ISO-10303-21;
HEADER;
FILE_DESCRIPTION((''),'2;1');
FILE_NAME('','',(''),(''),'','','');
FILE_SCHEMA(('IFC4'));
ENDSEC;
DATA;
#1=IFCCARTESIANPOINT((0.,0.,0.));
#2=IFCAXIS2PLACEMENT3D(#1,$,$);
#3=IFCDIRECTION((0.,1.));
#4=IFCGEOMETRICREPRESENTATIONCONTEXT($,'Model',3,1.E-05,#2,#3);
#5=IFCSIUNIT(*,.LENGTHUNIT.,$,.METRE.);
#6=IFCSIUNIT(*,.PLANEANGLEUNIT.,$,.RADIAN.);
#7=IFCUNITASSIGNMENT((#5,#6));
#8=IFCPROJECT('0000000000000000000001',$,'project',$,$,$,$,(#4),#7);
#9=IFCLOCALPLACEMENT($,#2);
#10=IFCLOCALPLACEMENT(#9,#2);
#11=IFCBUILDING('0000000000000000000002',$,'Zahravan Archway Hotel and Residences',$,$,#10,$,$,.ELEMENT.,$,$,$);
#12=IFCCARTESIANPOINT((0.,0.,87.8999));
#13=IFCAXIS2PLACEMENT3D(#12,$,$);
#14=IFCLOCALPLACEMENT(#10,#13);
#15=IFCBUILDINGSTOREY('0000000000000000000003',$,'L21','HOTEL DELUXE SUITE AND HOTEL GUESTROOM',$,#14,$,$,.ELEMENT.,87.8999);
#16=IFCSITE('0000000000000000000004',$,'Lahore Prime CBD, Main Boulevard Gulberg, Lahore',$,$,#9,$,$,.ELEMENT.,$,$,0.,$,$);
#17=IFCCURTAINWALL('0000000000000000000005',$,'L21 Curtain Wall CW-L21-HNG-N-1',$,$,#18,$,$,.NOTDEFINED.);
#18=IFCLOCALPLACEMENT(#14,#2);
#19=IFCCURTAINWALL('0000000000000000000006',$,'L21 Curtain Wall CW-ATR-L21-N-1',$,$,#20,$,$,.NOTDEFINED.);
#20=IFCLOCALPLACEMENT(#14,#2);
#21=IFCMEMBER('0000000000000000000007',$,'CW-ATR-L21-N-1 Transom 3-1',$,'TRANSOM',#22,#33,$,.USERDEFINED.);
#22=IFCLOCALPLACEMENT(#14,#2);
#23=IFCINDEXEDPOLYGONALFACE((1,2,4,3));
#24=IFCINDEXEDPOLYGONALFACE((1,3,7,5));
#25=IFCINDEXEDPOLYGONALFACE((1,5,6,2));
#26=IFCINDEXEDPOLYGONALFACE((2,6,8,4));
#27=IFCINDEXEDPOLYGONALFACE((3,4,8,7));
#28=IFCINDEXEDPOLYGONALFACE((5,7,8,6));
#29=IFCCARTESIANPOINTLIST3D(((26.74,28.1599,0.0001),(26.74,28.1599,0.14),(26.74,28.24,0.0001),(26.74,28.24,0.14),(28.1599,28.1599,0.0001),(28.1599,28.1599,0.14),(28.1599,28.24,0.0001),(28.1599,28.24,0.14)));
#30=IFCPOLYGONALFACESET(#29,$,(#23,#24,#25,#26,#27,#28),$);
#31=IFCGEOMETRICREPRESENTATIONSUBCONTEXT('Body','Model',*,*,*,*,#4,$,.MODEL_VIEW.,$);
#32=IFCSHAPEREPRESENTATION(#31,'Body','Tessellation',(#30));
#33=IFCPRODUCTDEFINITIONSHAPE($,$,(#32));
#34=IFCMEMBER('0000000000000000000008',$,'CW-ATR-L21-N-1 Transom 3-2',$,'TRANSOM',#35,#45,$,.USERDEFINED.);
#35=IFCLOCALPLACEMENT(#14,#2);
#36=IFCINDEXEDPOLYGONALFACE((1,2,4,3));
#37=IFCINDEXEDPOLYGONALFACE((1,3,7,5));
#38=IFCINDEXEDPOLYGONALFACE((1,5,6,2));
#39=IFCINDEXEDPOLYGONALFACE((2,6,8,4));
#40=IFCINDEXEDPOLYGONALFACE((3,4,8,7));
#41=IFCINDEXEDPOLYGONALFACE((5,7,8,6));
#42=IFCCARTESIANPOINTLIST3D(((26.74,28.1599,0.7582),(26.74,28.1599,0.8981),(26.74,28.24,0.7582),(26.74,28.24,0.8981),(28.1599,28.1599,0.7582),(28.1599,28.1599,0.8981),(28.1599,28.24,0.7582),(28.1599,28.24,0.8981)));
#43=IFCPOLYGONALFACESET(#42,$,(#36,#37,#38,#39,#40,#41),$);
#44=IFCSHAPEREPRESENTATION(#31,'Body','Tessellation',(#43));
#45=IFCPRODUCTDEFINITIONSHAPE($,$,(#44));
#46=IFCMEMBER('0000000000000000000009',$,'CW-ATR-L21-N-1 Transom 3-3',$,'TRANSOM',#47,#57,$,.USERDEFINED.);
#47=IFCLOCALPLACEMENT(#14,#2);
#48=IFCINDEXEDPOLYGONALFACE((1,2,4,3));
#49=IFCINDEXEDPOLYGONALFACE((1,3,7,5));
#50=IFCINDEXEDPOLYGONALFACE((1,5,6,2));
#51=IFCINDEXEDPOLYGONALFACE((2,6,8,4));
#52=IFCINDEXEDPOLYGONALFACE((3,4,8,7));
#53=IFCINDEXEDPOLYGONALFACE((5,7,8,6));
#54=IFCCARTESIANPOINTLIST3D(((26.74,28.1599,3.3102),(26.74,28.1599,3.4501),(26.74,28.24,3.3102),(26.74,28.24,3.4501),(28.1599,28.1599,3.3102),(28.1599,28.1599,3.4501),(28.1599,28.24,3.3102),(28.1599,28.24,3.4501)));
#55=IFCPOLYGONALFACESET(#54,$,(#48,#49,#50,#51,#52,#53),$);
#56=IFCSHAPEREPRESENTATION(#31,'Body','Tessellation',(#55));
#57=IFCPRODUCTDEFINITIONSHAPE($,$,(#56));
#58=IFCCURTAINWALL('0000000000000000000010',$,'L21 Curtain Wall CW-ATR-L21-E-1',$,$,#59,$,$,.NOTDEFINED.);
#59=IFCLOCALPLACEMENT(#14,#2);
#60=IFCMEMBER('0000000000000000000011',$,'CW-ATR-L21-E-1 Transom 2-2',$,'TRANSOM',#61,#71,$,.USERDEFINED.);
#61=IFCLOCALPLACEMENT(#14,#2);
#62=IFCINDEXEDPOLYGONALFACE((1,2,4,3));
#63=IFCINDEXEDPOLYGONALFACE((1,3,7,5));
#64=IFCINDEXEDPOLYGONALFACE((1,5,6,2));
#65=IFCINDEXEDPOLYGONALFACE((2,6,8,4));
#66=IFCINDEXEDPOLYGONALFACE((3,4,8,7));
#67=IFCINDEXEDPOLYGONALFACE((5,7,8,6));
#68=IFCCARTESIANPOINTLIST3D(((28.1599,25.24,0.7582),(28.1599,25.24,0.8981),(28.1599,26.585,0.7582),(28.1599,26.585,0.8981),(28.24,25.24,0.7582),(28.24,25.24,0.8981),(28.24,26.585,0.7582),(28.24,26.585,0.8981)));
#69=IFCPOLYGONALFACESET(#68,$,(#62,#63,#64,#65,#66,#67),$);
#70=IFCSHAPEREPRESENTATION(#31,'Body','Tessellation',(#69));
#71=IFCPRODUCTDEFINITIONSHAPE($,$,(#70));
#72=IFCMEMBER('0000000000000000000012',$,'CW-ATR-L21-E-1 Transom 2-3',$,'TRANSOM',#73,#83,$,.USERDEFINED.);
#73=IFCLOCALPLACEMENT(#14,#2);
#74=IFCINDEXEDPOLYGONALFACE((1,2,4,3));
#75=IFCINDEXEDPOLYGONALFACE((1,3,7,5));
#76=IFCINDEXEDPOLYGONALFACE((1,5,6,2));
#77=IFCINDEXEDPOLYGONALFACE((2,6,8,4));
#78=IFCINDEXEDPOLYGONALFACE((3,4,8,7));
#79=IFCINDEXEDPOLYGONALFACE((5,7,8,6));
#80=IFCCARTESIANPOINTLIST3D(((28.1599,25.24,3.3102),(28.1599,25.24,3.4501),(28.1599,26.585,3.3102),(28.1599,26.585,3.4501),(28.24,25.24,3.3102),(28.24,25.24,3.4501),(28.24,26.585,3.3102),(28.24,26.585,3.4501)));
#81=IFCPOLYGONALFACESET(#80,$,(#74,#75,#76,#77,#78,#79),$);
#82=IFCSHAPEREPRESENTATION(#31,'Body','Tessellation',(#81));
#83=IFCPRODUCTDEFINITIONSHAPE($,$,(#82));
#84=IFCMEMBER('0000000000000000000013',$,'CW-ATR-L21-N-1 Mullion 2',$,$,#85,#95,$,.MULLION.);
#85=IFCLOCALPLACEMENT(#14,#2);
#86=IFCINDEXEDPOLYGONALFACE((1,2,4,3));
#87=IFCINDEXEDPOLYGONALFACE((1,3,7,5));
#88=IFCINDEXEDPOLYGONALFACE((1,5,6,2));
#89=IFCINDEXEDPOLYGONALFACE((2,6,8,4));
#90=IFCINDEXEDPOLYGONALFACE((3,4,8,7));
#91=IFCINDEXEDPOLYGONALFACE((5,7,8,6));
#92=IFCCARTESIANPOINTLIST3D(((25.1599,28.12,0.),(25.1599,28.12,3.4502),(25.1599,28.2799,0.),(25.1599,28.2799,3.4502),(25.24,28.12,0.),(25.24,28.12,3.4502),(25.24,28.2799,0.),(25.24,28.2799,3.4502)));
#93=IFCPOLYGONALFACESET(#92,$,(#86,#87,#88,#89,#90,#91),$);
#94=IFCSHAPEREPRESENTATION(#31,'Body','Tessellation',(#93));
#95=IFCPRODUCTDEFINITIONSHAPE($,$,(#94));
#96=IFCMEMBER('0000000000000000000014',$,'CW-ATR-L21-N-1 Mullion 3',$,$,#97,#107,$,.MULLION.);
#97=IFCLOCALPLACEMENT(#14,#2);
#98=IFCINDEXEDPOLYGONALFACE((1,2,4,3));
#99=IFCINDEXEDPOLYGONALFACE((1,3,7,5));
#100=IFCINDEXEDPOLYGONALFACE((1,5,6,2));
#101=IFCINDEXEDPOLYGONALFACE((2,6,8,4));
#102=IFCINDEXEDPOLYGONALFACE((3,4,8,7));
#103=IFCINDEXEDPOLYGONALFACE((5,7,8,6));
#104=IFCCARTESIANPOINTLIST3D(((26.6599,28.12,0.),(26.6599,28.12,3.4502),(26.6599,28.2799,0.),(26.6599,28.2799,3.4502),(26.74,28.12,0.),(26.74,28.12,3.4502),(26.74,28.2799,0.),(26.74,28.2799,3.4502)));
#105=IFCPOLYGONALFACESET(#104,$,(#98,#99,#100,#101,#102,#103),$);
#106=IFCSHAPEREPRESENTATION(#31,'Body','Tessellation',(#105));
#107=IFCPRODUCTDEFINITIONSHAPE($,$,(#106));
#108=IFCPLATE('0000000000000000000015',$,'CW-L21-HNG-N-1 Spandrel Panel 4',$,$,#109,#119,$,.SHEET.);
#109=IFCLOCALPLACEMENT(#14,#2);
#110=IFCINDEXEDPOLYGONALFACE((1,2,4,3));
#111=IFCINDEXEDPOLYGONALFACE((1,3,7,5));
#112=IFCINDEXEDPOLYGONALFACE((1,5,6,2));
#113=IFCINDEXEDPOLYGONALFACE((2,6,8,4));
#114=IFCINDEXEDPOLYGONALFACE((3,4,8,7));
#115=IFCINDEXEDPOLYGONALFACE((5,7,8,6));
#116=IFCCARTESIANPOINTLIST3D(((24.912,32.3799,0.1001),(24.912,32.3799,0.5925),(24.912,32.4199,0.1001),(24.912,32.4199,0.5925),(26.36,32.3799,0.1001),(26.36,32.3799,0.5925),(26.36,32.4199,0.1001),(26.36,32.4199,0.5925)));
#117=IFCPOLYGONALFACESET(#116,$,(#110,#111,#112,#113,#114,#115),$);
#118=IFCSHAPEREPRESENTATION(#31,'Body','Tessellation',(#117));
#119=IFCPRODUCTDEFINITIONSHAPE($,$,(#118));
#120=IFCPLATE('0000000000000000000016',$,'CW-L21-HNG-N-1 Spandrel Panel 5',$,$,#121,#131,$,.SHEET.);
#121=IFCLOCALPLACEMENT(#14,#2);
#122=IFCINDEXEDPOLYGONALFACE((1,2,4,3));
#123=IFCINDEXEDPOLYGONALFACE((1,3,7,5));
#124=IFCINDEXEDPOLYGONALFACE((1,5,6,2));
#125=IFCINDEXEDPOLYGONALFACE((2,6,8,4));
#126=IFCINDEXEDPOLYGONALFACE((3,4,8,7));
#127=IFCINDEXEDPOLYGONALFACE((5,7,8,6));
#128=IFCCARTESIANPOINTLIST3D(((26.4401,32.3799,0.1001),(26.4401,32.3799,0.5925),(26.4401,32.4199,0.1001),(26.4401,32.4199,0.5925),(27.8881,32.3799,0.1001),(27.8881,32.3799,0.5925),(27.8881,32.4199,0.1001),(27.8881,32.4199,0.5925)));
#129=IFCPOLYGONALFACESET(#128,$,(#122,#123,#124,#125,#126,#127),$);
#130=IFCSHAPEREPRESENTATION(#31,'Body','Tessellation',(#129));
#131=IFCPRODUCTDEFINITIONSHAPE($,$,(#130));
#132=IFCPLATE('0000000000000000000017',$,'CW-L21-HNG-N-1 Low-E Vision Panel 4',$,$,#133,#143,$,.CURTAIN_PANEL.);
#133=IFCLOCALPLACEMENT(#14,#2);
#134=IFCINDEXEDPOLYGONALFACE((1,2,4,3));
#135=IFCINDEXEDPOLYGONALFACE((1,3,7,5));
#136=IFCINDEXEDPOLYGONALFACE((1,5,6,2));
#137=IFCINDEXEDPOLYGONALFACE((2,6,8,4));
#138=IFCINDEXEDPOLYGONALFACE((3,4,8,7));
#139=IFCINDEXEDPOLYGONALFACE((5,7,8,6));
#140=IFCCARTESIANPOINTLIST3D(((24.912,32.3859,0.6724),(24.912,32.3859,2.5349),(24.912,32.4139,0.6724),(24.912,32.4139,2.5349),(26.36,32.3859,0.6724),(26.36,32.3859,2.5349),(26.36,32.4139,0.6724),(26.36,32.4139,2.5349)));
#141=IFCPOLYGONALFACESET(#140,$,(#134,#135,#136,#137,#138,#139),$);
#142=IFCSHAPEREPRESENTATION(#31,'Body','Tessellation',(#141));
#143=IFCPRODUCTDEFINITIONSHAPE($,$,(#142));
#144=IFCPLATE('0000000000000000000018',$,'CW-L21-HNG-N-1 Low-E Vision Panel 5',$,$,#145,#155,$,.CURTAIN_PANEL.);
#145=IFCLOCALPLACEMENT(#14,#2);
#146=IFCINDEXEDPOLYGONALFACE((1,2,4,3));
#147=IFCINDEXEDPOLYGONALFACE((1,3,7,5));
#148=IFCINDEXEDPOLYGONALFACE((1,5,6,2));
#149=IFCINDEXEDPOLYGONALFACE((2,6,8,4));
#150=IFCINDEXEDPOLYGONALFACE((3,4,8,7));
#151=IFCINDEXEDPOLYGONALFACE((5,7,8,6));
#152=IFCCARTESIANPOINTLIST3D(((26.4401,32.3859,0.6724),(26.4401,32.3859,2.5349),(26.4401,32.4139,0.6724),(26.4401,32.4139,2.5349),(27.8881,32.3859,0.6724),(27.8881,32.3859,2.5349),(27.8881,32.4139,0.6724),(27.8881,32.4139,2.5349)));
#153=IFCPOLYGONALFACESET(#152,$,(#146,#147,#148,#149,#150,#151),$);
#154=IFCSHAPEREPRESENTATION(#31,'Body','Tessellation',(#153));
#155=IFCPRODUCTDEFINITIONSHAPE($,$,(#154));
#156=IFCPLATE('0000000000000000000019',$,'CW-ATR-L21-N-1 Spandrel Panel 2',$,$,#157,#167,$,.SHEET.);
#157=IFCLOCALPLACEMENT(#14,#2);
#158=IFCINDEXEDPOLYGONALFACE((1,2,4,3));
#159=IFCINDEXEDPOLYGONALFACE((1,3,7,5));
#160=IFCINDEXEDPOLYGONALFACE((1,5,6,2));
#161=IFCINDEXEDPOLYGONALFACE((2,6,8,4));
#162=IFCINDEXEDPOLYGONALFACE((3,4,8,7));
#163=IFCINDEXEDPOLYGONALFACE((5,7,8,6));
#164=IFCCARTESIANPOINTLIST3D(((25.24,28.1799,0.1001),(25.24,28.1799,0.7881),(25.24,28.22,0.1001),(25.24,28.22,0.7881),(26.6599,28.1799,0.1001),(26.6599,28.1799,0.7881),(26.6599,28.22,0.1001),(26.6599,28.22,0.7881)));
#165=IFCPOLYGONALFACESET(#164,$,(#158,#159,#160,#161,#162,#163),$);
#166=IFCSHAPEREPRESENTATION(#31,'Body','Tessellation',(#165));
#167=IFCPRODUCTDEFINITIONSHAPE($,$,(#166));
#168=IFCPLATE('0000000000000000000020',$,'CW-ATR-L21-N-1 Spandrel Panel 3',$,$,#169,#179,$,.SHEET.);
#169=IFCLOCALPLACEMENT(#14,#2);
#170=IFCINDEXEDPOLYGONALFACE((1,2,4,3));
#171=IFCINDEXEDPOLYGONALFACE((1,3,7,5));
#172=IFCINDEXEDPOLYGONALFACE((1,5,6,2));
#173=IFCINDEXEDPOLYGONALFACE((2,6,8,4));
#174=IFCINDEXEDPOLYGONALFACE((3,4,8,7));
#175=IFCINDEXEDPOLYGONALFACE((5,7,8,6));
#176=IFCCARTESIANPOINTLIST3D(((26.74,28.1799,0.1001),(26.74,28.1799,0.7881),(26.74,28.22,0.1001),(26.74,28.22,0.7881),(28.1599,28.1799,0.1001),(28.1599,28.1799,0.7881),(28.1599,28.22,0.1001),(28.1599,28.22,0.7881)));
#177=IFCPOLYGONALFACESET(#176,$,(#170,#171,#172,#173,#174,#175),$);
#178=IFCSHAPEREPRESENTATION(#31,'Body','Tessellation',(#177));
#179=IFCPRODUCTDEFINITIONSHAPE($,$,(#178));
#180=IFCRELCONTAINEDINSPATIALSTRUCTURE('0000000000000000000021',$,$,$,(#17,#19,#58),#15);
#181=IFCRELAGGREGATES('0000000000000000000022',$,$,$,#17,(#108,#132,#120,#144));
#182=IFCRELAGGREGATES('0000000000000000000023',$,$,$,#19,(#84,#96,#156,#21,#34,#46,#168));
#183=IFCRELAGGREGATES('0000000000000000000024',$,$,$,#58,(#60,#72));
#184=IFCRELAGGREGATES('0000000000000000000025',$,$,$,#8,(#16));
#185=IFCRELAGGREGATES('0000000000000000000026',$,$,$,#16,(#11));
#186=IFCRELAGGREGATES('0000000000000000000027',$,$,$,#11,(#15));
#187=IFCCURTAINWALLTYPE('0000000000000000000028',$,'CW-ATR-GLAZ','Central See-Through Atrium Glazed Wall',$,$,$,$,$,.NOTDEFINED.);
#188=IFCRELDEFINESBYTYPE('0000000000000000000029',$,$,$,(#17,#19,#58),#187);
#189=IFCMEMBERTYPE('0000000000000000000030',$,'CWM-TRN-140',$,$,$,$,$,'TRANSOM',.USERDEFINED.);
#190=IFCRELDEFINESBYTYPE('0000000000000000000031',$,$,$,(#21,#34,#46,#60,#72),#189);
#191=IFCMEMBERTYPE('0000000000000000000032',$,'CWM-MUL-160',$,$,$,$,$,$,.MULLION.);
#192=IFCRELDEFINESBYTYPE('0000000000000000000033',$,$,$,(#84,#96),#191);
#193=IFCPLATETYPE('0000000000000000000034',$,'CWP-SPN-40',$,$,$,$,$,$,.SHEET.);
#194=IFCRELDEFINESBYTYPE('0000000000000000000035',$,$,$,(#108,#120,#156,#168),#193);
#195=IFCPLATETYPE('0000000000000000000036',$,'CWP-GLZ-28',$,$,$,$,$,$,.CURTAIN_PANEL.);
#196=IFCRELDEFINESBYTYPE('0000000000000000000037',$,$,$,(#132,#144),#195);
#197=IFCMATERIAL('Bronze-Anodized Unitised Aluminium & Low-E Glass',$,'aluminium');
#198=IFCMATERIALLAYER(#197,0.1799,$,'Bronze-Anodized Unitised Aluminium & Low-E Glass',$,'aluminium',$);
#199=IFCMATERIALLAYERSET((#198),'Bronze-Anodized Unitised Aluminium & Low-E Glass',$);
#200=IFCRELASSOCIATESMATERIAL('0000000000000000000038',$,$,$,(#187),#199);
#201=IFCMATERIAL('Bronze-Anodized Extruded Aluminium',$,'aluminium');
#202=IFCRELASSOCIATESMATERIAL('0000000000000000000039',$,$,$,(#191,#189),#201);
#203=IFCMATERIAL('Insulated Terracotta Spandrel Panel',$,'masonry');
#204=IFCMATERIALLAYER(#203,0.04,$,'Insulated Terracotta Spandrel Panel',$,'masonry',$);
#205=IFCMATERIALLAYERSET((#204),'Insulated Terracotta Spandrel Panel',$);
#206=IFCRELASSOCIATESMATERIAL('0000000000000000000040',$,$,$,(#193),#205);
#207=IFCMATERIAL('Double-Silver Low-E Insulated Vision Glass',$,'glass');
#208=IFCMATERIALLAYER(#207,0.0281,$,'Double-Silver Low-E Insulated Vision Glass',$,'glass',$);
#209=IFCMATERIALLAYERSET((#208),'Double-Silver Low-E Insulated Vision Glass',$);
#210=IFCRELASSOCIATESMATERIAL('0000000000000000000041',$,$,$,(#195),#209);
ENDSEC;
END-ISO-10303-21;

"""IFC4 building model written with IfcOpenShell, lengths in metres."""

from ifc_helpers import new_model, si_unit, direction, frame, origin, origin_2d, place, context, subcontext, project, spatial, rectangle, extrude, source, transform, mapped, material, layer, layer_set, material_profile, profile_set, type_object, element, aggregate, save


model = new_model("IFC4")

# Units and contexts
model_context = context("Model", 3, precision=1e-05, world=origin(), true_north=direction((0.0, 1.0)))
body_context = subcontext(model_context, "Body", "Model", "MODEL_VIEW")
ifc_project = project(units=[si_unit("LENGTHUNIT", "METRE"), si_unit("PLANEANGLEUNIT", "RADIAN")], contexts=[model_context])

# Site, building, storey
site_placement = place(None, origin())
site = spatial("IfcSite", under=ifc_project, at=site_placement, Name="Lahore Prime CBD, Main Boulevard Gulberg, Lahore", CompositionType="ELEMENT", RefElevation=0.0)
building_placement = place(site_placement, origin())
building = spatial("IfcBuilding", under=site, at=building_placement, Name="Zahravan Archway Hotel and Residences", CompositionType="ELEMENT")
storey_placement = place(building_placement, frame((0.0, 0.0, 87.8999)))
storey = spatial("IfcBuildingStorey", under=building, at=storey_placement, Name="L21", Description="HOTEL DELUXE SUITE AND HOTEL GUESTROOM", CompositionType="ELEMENT", Elevation=87.8999)

# Curtain walls, members
ifc_material_1 = material(Name="Bronze-Anodized Unitised Aluminium & Low-E Glass", Category="aluminium")
ifc_layer_1 = layer(ifc_material_1, 0.1799, Name="Bronze-Anodized Unitised Aluminium & Low-E Glass", Category="aluminium")
ifc_layer_set_1 = layer_set([ifc_layer_1], Name="Bronze-Anodized Unitised Aluminium & Low-E Glass")
curtain_wall_type = type_object("IfcCurtainWallType", Name="CW-ATR-GLAZ", Description="Central See-Through Atrium Glazed Wall", PredefinedType="NOTDEFINED", material=ifc_layer_set_1)
curtain_wall_1_placement = place(storey_placement, origin())
curtain_wall_1 = element("IfcCurtainWall", 1, at=curtain_wall_1_placement, inside=storey, type_object=curtain_wall_type, Name="L21 Curtain Wall CW-L21-HNG-N-1", PredefinedType="NOTDEFINED")
ifc_material_2 = material(Name="Bronze-Anodized Extruded Aluminium", Category="aluminium")
ifc_material_profile_1 = material_profile(ifc_material_2, rectangle(XDim=0.0801, YDim=0.1599, at=origin_2d()), Name="MUL 80x160", Category="aluminium")
ifc_profile_set_1 = profile_set([ifc_material_profile_1], Name="Bronze-Anodized Extruded Aluminium")
member_type_1 = type_object("IfcMemberType", Name="CWM-MUL-160", PredefinedType="MULLION", material=ifc_profile_set_1)
ifc_material_profile_2 = material_profile(ifc_material_2, rectangle(XDim=0.0801, YDim=0.1399, at=origin_2d()), Name="TRN 80x140", Category="aluminium")
ifc_profile_set_2 = profile_set([ifc_material_profile_2], Name="Bronze-Anodized Extruded Aluminium")
member_type_2 = type_object("IfcMemberType", Name="CWM-TRN-140", ElementType="TRANSOM", PredefinedType="USERDEFINED", material=ifc_profile_set_2)
curtain_wall_2_placement = place(storey_placement, origin())
curtain_wall_2 = element("IfcCurtainWall", 2, at=curtain_wall_2_placement, inside=storey, type_object=curtain_wall_type, Name="L21 Curtain Wall CW-ATR-L21-N-1", PredefinedType="NOTDEFINED")
shared_shape_1 = source(origin(), body_context, "Body", "SweptSolid", [
    extrude(rectangle(XDim=0.0801, YDim=0.1399, at=origin_2d()), origin(), (0.0, 0.0, 1.0), 1.4199),
])
member_1_placement = place(storey_placement, frame((26.74, 28.2, 0.0701), z_axis=(1.0, 0.0, 0.0), x_axis=(0.0, 1.0, 0.0)))
member_1 = element("IfcMember", 3, at=member_1_placement, type_object=member_type_2, Name="CW-ATR-L21-N-1 Transom 3-1", ObjectType="TRANSOM", PredefinedType="USERDEFINED", context=body_context, shape_type="MappedRepresentation", body=[
    mapped(shared_shape_1, transform((0.0, 0.0, 0.0), scale=1.0)),
])
member_2_placement = place(storey_placement, frame((26.74, 28.2, 0.8281), z_axis=(1.0, 0.0, 0.0), x_axis=(0.0, 1.0, 0.0)))
member_2 = element("IfcMember", 4, at=member_2_placement, type_object=member_type_2, Name="CW-ATR-L21-N-1 Transom 3-2", ObjectType="TRANSOM", PredefinedType="USERDEFINED", context=body_context, shape_type="MappedRepresentation", body=[
    mapped(shared_shape_1, transform((0.0, 0.0, 0.0), scale=1.0)),
])
member_3_placement = place(storey_placement, frame((26.74, 28.2, 3.3801), z_axis=(1.0, 0.0, 0.0), x_axis=(0.0, 1.0, 0.0)))
member_3 = element("IfcMember", 5, at=member_3_placement, type_object=member_type_2, Name="CW-ATR-L21-N-1 Transom 3-3", ObjectType="TRANSOM", PredefinedType="USERDEFINED", context=body_context, shape_type="MappedRepresentation", body=[
    mapped(shared_shape_1, transform((0.0, 0.0, 0.0), scale=1.0)),
])
curtain_wall_3_placement = place(storey_placement, origin())
curtain_wall_3 = element("IfcCurtainWall", 6, at=curtain_wall_3_placement, inside=storey, type_object=curtain_wall_type, Name="L21 Curtain Wall CW-ATR-L21-E-1", PredefinedType="NOTDEFINED")
shared_shape_2 = source(origin(), body_context, "Body", "SweptSolid", [
    extrude(rectangle(XDim=0.0801, YDim=0.1399, at=origin_2d()), origin(), (0.0, 0.0, 1.0), 1.345),
])
member_4_placement = place(storey_placement, frame((28.2, 25.24, 0.8281), z_axis=(0.0, 1.0, 0.0), x_axis=(-1.0, 0.0, 0.0)))
member_4 = element("IfcMember", 7, at=member_4_placement, type_object=member_type_2, Name="CW-ATR-L21-E-1 Transom 2-2", ObjectType="TRANSOM", PredefinedType="USERDEFINED", context=body_context, shape_type="MappedRepresentation", body=[
    mapped(shared_shape_2, transform((0.0, 0.0, 0.0), scale=1.0)),
])
member_5_placement = place(storey_placement, frame((28.2, 25.24, 3.3801), z_axis=(0.0, 1.0, 0.0), x_axis=(-1.0, 0.0, 0.0)))
member_5 = element("IfcMember", 8, at=member_5_placement, type_object=member_type_2, Name="CW-ATR-L21-E-1 Transom 2-3", ObjectType="TRANSOM", PredefinedType="USERDEFINED", context=body_context, shape_type="MappedRepresentation", body=[
    mapped(shared_shape_2, transform((0.0, 0.0, 0.0), scale=1.0)),
])

# Members
shared_shape_3 = source(origin(), body_context, "Body", "SweptSolid", [
    extrude(rectangle(XDim=0.0801, YDim=0.1599, at=origin_2d()), origin(), (0.0, 0.0, 1.0), 3.4502),
])
member_6_placement = place(storey_placement, frame((25.2, 28.2, 0.0), z_axis=(0.0, 0.0, 1.0), x_axis=(1.0, 0.0, 0.0)))
member_6 = element("IfcMember", 9, at=member_6_placement, type_object=member_type_1, Name="CW-ATR-L21-N-1 Mullion 2", PredefinedType="MULLION", context=body_context, shape_type="MappedRepresentation", body=[
    mapped(shared_shape_3, transform((0.0, 0.0, 0.0), scale=1.0)),
])
member_7_placement = place(storey_placement, frame((26.7, 28.2, 0.0), z_axis=(0.0, 0.0, 1.0), x_axis=(1.0, 0.0, 0.0)))
member_7 = element("IfcMember", 10, at=member_7_placement, type_object=member_type_1, Name="CW-ATR-L21-N-1 Mullion 3", PredefinedType="MULLION", context=body_context, shape_type="MappedRepresentation", body=[
    mapped(shared_shape_3, transform((0.0, 0.0, 0.0), scale=1.0)),
])

# Plates
ifc_material_3 = material(Name="Insulated Terracotta Spandrel Panel", Category="masonry")
ifc_layer_2 = layer(ifc_material_3, 0.04, Name="Insulated Terracotta Spandrel Panel", Category="masonry")
ifc_layer_set_2 = layer_set([ifc_layer_2], Name="Insulated Terracotta Spandrel Panel")
plate_type_1 = type_object("IfcPlateType", Name="CWP-SPN-40", PredefinedType="SHEET", material=ifc_layer_set_2)
shared_shape_4 = source(origin(), body_context, "Body", "SweptSolid", [
    extrude(rectangle(XDim=1.448, YDim=0.04, at=origin_2d()), origin(), (0.0, 0.0, 1.0), 0.4924),
])
plate_1_placement = place(storey_placement, frame((25.636, 32.3999, 0.1001), z_axis=(0.0, 0.0, 1.0), x_axis=(1.0, 0.0, 0.0)))
plate_1 = element("IfcPlate", 11, at=plate_1_placement, type_object=plate_type_1, Name="CW-L21-HNG-N-1 Spandrel Panel 4", PredefinedType="SHEET", context=body_context, shape_type="MappedRepresentation", body=[
    mapped(shared_shape_4, transform((0.0, 0.0, 0.0), scale=1.0)),
])
plate_2_placement = place(storey_placement, frame((27.1641, 32.3999, 0.1001), z_axis=(0.0, 0.0, 1.0), x_axis=(1.0, 0.0, 0.0)))
plate_2 = element("IfcPlate", 12, at=plate_2_placement, type_object=plate_type_1, Name="CW-L21-HNG-N-1 Spandrel Panel 5", PredefinedType="SHEET", context=body_context, shape_type="MappedRepresentation", body=[
    mapped(shared_shape_4, transform((0.0, 0.0, 0.0), scale=1.0)),
])
ifc_material_4 = material(Name="Double-Silver Low-E Insulated Vision Glass", Category="glass")
ifc_layer_3 = layer(ifc_material_4, 0.0281, Name="Double-Silver Low-E Insulated Vision Glass", Category="glass")
ifc_layer_set_3 = layer_set([ifc_layer_3], Name="Double-Silver Low-E Insulated Vision Glass")
plate_type_2 = type_object("IfcPlateType", Name="CWP-GLZ-28", PredefinedType="CURTAIN_PANEL", material=ifc_layer_set_3)
shared_shape_5 = source(origin(), body_context, "Body", "SweptSolid", [
    extrude(rectangle(XDim=1.448, YDim=0.0281, at=origin_2d()), origin(), (0.0, 0.0, 1.0), 1.8625),
])
plate_3_placement = place(storey_placement, frame((25.636, 32.3999, 0.6724), z_axis=(0.0, 0.0, 1.0), x_axis=(1.0, 0.0, 0.0)))
plate_3 = element("IfcPlate", 13, at=plate_3_placement, type_object=plate_type_2, Name="CW-L21-HNG-N-1 Low-E Vision Panel 4", PredefinedType="CURTAIN_PANEL", context=body_context, shape_type="MappedRepresentation", body=[
    mapped(shared_shape_5, transform((0.0, 0.0, 0.0), scale=1.0)),
])
plate_4_placement = place(storey_placement, frame((27.1641, 32.3999, 0.6724), z_axis=(0.0, 0.0, 1.0), x_axis=(1.0, 0.0, 0.0)))
plate_4 = element("IfcPlate", 14, at=plate_4_placement, type_object=plate_type_2, Name="CW-L21-HNG-N-1 Low-E Vision Panel 5", PredefinedType="CURTAIN_PANEL", context=body_context, shape_type="MappedRepresentation", body=[
    mapped(shared_shape_5, transform((0.0, 0.0, 0.0), scale=1.0)),
])
aggregate(curtain_wall_1, [plate_1, plate_3, plate_2, plate_4])
shared_shape_6 = source(origin(), body_context, "Body", "SweptSolid", [
    extrude(rectangle(XDim=1.4199, YDim=0.04, at=origin_2d()), origin(), (0.0, 0.0, 1.0), 0.688),
])
plate_5_placement = place(storey_placement, frame((25.95, 28.2, 0.1001), z_axis=(0.0, 0.0, 1.0), x_axis=(1.0, 0.0, 0.0)))
plate_5 = element("IfcPlate", 15, at=plate_5_placement, type_object=plate_type_1, Name="CW-ATR-L21-N-1 Spandrel Panel 2", PredefinedType="SHEET", context=body_context, shape_type="MappedRepresentation", body=[
    mapped(shared_shape_6, transform((0.0, 0.0, 0.0), scale=1.0)),
])
plate_6_placement = place(storey_placement, frame((27.45, 28.2, 0.1001), z_axis=(0.0, 0.0, 1.0), x_axis=(1.0, 0.0, 0.0)))
plate_6 = element("IfcPlate", 16, at=plate_6_placement, type_object=plate_type_1, Name="CW-ATR-L21-N-1 Spandrel Panel 3", PredefinedType="SHEET", context=body_context, shape_type="MappedRepresentation", body=[
    mapped(shared_shape_6, transform((0.0, 0.0, 0.0), scale=1.0)),
])
aggregate(curtain_wall_2, [member_6, member_7, plate_5, member_1, member_2, member_3, plate_6])
aggregate(curtain_wall_3, [member_4, member_5])

save(model, "model.ifc")
